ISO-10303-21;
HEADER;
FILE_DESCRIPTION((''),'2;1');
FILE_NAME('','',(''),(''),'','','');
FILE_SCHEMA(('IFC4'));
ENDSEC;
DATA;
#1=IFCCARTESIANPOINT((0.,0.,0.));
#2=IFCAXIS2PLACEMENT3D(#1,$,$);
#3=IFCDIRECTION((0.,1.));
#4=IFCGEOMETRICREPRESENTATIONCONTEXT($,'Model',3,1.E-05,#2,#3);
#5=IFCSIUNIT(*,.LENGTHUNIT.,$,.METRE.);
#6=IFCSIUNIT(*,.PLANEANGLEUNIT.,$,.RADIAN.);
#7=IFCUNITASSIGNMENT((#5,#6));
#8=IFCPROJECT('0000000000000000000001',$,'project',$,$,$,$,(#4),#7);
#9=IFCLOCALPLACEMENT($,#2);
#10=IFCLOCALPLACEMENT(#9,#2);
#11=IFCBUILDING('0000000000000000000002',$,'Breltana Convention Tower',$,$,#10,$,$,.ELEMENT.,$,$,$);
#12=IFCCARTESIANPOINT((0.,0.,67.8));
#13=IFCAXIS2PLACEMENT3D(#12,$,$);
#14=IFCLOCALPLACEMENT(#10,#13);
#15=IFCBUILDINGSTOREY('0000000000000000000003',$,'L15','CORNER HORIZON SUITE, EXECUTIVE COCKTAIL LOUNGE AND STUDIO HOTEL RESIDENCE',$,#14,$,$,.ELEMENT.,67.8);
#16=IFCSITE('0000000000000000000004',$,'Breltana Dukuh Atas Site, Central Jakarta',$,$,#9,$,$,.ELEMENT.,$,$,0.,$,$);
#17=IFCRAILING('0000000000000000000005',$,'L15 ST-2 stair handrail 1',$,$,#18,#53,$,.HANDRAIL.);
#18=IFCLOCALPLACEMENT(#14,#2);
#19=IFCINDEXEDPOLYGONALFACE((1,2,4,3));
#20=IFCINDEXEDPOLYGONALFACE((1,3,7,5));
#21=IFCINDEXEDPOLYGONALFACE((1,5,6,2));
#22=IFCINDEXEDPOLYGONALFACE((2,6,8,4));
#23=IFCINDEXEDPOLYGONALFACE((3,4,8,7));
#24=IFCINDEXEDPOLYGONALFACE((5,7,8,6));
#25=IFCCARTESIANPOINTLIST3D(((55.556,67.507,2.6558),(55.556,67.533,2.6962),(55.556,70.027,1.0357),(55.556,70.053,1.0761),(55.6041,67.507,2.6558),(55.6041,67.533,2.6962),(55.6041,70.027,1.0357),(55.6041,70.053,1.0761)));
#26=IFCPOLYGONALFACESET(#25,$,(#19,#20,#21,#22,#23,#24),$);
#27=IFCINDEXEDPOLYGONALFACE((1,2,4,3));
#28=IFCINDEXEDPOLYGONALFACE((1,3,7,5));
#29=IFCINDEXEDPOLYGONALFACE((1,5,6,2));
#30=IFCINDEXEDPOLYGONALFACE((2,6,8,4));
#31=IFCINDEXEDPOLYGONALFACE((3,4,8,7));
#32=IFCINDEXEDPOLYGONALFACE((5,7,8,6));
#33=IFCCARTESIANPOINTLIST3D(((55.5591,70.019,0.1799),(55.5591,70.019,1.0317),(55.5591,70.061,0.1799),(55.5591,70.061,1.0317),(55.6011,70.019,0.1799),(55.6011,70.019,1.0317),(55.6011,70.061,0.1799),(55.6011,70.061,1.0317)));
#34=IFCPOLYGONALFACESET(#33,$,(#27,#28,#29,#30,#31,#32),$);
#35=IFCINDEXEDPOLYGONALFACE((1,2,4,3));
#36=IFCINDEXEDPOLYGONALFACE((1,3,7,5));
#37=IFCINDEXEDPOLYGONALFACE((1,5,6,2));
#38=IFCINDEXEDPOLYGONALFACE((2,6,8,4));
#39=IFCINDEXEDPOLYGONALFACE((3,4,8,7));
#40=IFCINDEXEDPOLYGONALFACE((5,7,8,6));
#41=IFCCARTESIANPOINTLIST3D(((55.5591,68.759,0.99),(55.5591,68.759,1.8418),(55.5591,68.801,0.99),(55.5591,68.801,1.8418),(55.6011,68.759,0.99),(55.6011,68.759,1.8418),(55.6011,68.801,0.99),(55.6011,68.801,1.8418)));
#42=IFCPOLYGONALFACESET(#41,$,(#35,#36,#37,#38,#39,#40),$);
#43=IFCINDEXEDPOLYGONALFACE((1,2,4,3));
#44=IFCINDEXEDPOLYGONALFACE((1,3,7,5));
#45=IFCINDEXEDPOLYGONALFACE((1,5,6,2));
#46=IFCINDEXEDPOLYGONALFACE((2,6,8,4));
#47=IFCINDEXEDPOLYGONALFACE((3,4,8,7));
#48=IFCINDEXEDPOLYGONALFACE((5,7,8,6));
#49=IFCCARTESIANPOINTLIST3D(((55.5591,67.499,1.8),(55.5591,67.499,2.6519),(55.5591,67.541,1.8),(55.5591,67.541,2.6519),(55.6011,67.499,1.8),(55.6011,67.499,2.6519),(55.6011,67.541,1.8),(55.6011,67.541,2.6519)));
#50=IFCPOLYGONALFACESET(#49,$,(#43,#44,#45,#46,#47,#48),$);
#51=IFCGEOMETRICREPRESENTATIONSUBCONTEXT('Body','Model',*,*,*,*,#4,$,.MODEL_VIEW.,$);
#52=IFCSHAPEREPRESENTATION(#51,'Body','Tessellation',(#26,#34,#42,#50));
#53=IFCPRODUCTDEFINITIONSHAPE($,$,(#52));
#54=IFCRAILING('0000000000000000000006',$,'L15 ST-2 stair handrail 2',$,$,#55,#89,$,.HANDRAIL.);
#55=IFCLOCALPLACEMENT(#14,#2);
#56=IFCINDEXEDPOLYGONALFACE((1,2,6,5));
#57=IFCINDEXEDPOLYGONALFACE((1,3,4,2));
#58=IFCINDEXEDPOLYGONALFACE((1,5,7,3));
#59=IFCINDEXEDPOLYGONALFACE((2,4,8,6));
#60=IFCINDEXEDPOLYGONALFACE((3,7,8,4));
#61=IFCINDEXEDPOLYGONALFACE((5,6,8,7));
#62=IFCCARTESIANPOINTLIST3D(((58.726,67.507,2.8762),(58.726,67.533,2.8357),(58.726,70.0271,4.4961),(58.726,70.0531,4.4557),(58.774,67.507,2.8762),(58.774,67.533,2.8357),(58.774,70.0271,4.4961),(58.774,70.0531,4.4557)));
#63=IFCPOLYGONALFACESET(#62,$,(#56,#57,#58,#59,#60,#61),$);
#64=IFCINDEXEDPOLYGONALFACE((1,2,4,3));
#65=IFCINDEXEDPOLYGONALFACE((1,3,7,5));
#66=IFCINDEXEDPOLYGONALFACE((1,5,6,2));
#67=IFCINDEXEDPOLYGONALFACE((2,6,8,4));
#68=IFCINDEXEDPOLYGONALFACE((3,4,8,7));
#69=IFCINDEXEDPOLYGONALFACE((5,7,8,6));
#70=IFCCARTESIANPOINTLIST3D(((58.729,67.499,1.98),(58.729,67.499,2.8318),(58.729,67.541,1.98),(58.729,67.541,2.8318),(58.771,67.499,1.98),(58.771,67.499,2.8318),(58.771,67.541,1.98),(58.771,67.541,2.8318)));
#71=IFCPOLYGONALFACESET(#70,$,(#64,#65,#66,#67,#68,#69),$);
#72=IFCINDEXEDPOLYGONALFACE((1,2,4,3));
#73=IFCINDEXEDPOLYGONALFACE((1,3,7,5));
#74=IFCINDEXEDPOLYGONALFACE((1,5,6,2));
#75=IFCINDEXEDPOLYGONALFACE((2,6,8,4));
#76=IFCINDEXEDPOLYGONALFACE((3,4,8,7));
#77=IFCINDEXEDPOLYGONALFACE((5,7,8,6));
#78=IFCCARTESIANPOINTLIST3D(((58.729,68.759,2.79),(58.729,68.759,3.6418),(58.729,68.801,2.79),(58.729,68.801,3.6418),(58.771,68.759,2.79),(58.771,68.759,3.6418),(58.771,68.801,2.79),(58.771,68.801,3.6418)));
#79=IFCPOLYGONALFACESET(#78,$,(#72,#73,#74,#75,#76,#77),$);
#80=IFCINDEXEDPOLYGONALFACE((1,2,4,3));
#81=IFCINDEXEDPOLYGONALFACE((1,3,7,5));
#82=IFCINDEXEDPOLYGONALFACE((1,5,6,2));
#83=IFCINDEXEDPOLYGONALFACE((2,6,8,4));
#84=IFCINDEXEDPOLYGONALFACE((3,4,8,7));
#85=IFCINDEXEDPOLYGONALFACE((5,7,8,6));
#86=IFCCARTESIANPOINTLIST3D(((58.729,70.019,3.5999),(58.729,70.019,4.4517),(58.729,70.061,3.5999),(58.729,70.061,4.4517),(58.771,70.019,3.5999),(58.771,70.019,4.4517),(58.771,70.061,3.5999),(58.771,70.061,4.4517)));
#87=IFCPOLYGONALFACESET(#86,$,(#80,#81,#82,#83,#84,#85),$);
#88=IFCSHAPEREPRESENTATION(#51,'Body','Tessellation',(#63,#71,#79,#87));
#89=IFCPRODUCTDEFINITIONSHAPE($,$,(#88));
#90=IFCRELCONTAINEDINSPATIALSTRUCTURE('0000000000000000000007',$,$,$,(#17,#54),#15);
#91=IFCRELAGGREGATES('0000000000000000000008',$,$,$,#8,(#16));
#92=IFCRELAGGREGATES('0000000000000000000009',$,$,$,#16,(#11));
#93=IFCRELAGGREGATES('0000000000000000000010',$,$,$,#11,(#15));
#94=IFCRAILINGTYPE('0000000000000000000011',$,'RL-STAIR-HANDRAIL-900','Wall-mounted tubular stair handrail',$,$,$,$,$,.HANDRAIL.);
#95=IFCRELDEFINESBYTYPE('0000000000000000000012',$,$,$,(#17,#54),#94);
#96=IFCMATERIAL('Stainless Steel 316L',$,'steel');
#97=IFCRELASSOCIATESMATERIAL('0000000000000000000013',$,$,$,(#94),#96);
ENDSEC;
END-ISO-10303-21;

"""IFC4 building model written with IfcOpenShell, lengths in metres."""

from ifc_helpers import new_model, si_unit, direction, frame, origin, origin_2d, place, context, subcontext, project, spatial, rectangle, extrude, material, type_object, element, save


model = new_model("IFC4")

# Units and contexts
model_context = context("Model", 3, precision=1e-05, world=origin(), true_north=direction((0.0, 1.0)))
body_context = subcontext(model_context, "Body", "Model", "MODEL_VIEW")
ifc_project = project(units=[si_unit("LENGTHUNIT", "METRE"), si_unit("PLANEANGLEUNIT", "RADIAN")], contexts=[model_context])

# Site, building, storey
site_placement = place(None, origin())
site = spatial("IfcSite", under=ifc_project, at=site_placement, Name="Breltana Dukuh Atas Site, Central Jakarta", CompositionType="ELEMENT", RefElevation=0.0)
building_placement = place(site_placement, origin())
building = spatial("IfcBuilding", under=site, at=building_placement, Name="Breltana Convention Tower", CompositionType="ELEMENT")
storey_placement = place(building_placement, frame((0.0, 0.0, 67.8)))
storey = spatial("IfcBuildingStorey", under=building, at=storey_placement, Name="L15", Description="CORNER HORIZON SUITE, EXECUTIVE COCKTAIL LOUNGE AND STUDIO HOTEL RESIDENCE", CompositionType="ELEMENT", Elevation=67.8)

# Railings
ifc_material_1 = material(Name="Stainless Steel 316L", Category="steel")
railing_type_1 = type_object("IfcRailingType", Name="RL-STAIR-HANDRAIL-900", Description="Wall-mounted tubular stair handrail", PredefinedType="HANDRAIL", material=ifc_material_1)
railing_1_placement = place(storey_placement, frame((55.5801, 70.04, 0.1799)))
element("IfcRailing", 1, at=railing_1_placement, inside=storey, type_object=railing_type_1, Name="L15 ST-2 stair handrail 1", PredefinedType="HANDRAIL", context=body_context, shape_type="SweptSolid", body=[
    extrude(rectangle(XDim=0.0481, YDim=0.0481, at=origin_2d()), frame((0.0, 0.0, 0.876), z_axis=(0.0, -0.841163, 0.540782), x_axis=(1.0, 0.0, 0.0)), (0.0, 0.0, 1.0), 2.9958),
    extrude(rectangle(XDim=0.042, YDim=0.042, at=origin_2d()), origin(), (0.0, 0.0, 1.0), 0.8518),
    extrude(rectangle(XDim=0.042, YDim=0.042, at=origin_2d()), frame((0.0, -1.26, 0.8101)), (0.0, 0.0, 1.0), 0.8518),
    extrude(rectangle(XDim=0.042, YDim=0.042, at=origin_2d()), frame((0.0, -2.52, 1.6201)), (0.0, 0.0, 1.0), 0.8518),
])
railing_2_placement = place(storey_placement, frame((58.75, 67.52, 1.98)))
element("IfcRailing", 2, at=railing_2_placement, inside=storey, type_object=railing_type_1, Name="L15 ST-2 stair handrail 2", PredefinedType="HANDRAIL", context=body_context, shape_type="SweptSolid", body=[
    extrude(rectangle(XDim=0.0481, YDim=0.0481, at=origin_2d()), frame((0.0, 0.0, 0.876), z_axis=(0.0, 0.8412, 0.540725), x_axis=(-1.0, 0.0, 0.0)), (0.0, 0.0, 1.0), 2.9958),
    extrude(rectangle(XDim=0.042, YDim=0.042, at=origin_2d()), origin(), (0.0, 0.0, 1.0), 0.8518),
    extrude(rectangle(XDim=0.042, YDim=0.042, at=origin_2d()), frame((0.0, 1.26, 0.8101)), (0.0, 0.0, 1.0), 0.8518),
    extrude(rectangle(XDim=0.042, YDim=0.042, at=origin_2d()), frame((0.0, 2.52, 1.6199)), (0.0, 0.0, 1.0), 0.8518),
])

save(model, "model.ifc")
